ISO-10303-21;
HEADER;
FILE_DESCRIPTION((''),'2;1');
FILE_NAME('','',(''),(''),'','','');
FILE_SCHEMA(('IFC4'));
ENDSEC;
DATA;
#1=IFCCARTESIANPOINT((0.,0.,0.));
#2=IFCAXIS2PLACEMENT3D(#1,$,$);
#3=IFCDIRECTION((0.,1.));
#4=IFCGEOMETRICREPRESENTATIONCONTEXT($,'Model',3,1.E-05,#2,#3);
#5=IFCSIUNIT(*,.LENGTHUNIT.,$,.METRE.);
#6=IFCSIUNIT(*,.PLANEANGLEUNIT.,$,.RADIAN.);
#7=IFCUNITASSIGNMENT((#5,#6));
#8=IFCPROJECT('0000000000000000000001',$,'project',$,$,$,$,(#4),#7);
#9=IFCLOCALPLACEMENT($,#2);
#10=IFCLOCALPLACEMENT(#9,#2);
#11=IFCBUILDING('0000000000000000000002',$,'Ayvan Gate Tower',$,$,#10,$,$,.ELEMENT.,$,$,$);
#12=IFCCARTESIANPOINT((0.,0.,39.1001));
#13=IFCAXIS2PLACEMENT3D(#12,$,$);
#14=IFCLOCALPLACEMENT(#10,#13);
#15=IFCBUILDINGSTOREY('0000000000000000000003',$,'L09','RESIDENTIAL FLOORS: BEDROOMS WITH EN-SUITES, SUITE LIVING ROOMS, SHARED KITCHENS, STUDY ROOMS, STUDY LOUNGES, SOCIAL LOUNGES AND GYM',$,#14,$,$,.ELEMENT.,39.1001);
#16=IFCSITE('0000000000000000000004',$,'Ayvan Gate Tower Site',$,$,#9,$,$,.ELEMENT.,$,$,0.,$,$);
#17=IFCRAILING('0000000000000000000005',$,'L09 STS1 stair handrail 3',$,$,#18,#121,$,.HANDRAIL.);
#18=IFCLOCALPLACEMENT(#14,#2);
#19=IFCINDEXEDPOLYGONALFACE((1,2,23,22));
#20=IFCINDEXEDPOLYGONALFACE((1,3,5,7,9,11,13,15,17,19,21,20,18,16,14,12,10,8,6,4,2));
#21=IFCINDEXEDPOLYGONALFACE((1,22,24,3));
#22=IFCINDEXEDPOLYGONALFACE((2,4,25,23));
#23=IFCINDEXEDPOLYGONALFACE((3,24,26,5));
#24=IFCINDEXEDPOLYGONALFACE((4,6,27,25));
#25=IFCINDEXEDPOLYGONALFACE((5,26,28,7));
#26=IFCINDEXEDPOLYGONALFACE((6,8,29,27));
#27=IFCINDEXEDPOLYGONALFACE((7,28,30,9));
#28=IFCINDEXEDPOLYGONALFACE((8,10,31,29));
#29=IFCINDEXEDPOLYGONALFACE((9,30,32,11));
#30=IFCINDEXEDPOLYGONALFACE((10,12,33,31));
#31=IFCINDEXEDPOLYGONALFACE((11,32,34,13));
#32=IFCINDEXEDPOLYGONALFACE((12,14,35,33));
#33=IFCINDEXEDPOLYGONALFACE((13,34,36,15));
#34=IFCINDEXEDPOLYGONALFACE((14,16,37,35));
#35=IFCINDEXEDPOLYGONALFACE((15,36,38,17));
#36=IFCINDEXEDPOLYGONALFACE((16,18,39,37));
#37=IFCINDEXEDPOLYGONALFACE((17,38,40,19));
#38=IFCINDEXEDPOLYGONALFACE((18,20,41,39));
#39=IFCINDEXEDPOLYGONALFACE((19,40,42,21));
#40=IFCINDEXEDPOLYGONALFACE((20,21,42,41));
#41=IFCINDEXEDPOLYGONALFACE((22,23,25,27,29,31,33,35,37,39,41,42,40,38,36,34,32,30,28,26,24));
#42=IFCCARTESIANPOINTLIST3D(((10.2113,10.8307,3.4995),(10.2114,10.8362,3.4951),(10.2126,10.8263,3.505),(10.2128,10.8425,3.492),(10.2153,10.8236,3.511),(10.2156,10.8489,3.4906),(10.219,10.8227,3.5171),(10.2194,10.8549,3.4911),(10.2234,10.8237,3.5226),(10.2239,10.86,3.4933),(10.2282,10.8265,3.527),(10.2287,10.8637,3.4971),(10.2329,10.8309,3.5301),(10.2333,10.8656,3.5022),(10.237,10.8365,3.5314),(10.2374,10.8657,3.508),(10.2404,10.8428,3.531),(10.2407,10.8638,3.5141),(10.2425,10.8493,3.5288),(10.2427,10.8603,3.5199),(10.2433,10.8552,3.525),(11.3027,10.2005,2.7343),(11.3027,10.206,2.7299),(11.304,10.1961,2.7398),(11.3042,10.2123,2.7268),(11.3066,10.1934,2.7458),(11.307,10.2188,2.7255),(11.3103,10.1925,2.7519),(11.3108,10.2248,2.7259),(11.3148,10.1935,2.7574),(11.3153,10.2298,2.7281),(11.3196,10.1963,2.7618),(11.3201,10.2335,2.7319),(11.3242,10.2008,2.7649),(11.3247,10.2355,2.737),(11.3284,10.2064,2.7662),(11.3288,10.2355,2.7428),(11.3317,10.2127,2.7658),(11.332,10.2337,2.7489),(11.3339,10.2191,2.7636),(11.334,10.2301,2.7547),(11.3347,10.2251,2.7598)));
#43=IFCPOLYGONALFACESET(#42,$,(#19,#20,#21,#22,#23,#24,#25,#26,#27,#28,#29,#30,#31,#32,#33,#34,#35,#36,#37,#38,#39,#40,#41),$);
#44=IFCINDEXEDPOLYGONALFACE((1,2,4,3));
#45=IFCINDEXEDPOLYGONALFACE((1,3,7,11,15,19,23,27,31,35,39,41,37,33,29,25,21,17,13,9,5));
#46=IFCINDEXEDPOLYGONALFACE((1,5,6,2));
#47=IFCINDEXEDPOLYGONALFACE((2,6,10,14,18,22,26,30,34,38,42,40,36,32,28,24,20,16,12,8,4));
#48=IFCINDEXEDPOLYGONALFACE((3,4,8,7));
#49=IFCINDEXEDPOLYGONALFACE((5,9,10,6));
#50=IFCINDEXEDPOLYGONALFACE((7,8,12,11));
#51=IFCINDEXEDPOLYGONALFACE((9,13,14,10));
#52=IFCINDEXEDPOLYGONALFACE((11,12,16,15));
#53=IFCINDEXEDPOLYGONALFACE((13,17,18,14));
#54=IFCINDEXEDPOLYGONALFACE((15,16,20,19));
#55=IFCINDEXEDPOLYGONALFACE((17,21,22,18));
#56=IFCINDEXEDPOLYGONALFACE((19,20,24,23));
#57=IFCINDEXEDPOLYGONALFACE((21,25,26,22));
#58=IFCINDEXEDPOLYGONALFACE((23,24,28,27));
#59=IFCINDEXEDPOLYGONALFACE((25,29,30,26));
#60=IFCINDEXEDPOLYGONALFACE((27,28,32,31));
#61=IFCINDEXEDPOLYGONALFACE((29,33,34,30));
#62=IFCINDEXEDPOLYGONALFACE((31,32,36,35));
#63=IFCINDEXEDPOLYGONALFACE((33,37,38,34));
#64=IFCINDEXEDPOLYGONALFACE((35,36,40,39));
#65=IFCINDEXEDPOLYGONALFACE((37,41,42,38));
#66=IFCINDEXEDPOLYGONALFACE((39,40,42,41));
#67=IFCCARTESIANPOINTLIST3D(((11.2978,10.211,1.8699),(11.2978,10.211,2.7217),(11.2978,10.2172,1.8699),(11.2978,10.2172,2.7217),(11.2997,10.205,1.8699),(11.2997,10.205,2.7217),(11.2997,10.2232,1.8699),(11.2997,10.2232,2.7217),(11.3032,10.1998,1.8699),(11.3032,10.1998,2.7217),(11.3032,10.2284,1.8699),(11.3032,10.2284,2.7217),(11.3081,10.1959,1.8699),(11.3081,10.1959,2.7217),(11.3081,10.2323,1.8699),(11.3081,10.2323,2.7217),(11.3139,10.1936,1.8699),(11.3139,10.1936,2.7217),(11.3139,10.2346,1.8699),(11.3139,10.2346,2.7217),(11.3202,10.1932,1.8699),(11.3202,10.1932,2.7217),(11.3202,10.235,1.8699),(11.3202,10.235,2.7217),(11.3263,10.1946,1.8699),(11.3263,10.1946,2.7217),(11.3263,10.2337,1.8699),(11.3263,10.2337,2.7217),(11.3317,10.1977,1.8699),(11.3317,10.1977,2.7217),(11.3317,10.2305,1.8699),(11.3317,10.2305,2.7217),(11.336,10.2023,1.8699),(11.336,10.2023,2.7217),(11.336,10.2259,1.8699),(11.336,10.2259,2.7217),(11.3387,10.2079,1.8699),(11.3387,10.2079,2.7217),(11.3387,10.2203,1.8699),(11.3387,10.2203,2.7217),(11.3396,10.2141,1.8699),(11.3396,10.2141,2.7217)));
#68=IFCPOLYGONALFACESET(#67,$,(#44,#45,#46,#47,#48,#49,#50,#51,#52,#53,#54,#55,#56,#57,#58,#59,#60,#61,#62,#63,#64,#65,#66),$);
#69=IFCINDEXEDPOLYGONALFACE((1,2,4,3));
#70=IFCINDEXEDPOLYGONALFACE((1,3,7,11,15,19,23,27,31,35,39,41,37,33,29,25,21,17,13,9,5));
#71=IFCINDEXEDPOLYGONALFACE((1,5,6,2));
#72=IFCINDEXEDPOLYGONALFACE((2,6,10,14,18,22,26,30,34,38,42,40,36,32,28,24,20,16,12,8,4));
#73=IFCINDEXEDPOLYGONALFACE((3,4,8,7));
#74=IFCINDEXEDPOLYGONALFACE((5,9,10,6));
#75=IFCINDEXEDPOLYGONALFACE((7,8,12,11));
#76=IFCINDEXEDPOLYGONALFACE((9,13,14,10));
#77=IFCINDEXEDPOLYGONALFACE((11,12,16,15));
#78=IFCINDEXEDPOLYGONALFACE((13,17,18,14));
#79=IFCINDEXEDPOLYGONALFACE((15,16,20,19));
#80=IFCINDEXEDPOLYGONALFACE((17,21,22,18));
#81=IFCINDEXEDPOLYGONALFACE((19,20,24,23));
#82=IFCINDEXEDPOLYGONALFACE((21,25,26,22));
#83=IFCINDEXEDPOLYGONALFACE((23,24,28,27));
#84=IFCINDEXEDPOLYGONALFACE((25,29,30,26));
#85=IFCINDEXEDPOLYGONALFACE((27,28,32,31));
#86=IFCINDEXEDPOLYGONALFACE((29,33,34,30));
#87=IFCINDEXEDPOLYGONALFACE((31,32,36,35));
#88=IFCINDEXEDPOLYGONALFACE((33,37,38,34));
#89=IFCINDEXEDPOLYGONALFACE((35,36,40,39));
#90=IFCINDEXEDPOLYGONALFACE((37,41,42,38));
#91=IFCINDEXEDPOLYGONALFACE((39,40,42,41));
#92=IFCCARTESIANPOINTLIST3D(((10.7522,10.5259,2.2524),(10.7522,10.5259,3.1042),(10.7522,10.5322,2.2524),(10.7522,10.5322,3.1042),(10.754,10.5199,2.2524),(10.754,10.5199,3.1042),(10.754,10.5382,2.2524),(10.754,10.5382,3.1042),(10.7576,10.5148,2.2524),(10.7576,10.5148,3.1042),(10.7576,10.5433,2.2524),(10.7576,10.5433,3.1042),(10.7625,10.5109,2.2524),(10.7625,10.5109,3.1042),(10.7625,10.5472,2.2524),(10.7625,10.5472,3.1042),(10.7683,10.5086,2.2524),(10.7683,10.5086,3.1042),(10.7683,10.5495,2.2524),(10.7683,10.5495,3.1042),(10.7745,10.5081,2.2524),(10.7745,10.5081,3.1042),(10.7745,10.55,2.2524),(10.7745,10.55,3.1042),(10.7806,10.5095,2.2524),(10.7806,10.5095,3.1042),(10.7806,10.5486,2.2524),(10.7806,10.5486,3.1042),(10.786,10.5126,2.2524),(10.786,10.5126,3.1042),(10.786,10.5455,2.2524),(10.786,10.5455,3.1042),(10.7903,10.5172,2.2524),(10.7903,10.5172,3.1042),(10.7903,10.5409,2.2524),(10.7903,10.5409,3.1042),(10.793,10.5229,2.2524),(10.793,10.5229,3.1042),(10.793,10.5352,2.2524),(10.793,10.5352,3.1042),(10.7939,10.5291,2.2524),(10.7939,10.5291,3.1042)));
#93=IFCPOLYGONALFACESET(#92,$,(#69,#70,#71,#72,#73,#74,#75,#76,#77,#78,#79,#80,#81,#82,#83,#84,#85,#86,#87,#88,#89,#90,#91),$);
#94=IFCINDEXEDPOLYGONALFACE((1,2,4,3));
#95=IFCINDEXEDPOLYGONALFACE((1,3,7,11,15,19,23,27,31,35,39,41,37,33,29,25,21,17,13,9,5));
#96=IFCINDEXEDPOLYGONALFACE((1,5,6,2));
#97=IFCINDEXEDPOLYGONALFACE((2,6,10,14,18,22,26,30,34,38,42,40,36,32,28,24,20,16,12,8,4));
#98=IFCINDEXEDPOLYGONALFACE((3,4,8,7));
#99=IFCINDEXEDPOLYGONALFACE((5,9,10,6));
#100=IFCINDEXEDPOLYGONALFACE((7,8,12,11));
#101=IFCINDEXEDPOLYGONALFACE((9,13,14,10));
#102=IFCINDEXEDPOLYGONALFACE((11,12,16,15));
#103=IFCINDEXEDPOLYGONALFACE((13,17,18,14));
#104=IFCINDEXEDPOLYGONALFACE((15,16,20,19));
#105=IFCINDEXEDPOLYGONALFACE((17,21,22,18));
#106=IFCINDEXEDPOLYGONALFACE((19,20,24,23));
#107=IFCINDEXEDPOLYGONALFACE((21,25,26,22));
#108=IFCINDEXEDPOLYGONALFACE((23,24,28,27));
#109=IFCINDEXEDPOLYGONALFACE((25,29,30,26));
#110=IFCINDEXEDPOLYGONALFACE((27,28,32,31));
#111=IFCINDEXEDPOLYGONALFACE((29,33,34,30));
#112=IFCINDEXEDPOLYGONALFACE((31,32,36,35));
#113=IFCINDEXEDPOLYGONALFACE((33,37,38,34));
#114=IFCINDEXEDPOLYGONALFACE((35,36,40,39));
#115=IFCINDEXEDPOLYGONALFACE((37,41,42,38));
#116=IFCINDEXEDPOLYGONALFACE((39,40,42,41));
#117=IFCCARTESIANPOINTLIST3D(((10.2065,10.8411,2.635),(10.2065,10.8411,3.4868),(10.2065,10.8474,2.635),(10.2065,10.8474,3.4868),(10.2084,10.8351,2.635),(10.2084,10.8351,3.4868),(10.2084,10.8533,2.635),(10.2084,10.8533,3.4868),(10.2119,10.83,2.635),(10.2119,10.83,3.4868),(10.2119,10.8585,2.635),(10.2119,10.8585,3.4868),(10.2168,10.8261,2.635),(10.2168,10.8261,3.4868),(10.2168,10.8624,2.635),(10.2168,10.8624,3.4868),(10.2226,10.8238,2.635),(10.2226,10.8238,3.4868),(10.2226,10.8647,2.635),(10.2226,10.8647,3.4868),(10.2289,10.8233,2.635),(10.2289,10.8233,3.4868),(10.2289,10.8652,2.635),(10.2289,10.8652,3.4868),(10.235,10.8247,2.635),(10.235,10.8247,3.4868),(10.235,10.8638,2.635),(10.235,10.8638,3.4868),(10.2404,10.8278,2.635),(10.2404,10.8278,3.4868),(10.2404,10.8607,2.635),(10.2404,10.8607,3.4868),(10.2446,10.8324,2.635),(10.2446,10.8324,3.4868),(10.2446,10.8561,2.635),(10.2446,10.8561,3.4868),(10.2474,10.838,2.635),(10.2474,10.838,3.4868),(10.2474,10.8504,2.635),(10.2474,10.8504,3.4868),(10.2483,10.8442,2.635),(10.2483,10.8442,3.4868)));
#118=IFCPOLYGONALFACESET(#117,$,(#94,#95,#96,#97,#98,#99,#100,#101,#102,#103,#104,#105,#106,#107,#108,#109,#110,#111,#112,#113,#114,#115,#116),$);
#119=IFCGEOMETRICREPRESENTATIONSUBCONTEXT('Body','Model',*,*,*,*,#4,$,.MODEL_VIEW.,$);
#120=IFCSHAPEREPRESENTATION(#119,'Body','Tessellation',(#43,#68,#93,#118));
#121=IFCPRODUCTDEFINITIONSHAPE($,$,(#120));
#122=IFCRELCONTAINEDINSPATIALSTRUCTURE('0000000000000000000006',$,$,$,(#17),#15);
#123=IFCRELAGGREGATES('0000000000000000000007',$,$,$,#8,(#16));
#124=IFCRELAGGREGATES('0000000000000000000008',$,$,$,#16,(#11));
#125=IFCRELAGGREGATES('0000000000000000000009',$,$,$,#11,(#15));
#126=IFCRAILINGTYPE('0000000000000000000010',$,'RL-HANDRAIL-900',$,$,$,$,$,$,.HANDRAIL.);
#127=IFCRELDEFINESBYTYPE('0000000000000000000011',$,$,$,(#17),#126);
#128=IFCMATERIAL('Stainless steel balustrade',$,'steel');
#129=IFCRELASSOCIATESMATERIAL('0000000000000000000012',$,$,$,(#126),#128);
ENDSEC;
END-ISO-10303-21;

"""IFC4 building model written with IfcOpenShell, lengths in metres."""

from ifc_helpers import new_model, si_unit, direction, frame, origin, origin_2d, place, context, subcontext, project, spatial, circle, extrude, material, type_object, element, save


model = new_model("IFC4")

# Units and contexts
model_context = context("Model", 3, precision=1e-05, world=origin(), true_north=direction((0.0, 1.0)))
body_context = subcontext(model_context, "Body", "Model", "MODEL_VIEW")
ifc_project = project(units=[si_unit("LENGTHUNIT", "METRE"), si_unit("PLANEANGLEUNIT", "RADIAN")], contexts=[model_context])

# Site, building, storey
site_placement = place(None, origin())
site = spatial("IfcSite", under=ifc_project, at=site_placement, Name="Ayvan Gate Tower Site", CompositionType="ELEMENT", RefElevation=0.0)
building_placement = place(site_placement, origin())
building = spatial("IfcBuilding", under=site, at=building_placement, Name="Ayvan Gate Tower", CompositionType="ELEMENT")
storey_placement = place(building_placement, frame((0.0, 0.0, 39.1001)))
storey = spatial("IfcBuildingStorey", under=building, at=storey_placement, Name="L09", Description="RESIDENTIAL FLOORS: BEDROOMS WITH EN-SUITES, SUITE LIVING ROOMS, SHARED KITCHENS, STUDY ROOMS, STUDY LOUNGES, SOCIAL LOUNGES AND GYM", CompositionType="ELEMENT", Elevation=39.1001)

# Railing
ifc_material_1 = material(Name="Stainless steel balustrade", Category="steel")
railing_type_1 = type_object("IfcRailingType", Name="RL-HANDRAIL-900", PredefinedType="HANDRAIL", material=ifc_material_1)
railing_1_placement = place(storey_placement, frame((11.3186, 10.2141, 1.8699)))
element("IfcRailing", 1, at=railing_1_placement, inside=storey, type_object=railing_type_1, Name="L09 STS1 stair handrail 3", PredefinedType="HANDRAIL", context=body_context, shape_type="SweptSolid", body=[
    extrude(circle(Radius=0.0239, at=origin_2d()), frame((0.0, 0.0, 0.876), z_axis=(-0.740241, 0.427419, 0.518996), x_axis=(-0.500035, -0.866005, 0.0)), (0.0, 0.0, 1.0), 1.4744),
    extrude(circle(Radius=0.021, at=origin_2d()), origin(), (0.0, 0.0, 1.0), 0.8518),
    extrude(circle(Radius=0.021, at=origin_2d()), frame((-0.5457, 0.3149, 0.3826)), (0.0, 0.0, 1.0), 0.8518),
    extrude(circle(Radius=0.021, at=origin_2d()), frame((-1.0913, 0.6301, 0.7651)), (0.0, 0.0, 1.0), 0.8518),
])

save(model, "model.ifc")
